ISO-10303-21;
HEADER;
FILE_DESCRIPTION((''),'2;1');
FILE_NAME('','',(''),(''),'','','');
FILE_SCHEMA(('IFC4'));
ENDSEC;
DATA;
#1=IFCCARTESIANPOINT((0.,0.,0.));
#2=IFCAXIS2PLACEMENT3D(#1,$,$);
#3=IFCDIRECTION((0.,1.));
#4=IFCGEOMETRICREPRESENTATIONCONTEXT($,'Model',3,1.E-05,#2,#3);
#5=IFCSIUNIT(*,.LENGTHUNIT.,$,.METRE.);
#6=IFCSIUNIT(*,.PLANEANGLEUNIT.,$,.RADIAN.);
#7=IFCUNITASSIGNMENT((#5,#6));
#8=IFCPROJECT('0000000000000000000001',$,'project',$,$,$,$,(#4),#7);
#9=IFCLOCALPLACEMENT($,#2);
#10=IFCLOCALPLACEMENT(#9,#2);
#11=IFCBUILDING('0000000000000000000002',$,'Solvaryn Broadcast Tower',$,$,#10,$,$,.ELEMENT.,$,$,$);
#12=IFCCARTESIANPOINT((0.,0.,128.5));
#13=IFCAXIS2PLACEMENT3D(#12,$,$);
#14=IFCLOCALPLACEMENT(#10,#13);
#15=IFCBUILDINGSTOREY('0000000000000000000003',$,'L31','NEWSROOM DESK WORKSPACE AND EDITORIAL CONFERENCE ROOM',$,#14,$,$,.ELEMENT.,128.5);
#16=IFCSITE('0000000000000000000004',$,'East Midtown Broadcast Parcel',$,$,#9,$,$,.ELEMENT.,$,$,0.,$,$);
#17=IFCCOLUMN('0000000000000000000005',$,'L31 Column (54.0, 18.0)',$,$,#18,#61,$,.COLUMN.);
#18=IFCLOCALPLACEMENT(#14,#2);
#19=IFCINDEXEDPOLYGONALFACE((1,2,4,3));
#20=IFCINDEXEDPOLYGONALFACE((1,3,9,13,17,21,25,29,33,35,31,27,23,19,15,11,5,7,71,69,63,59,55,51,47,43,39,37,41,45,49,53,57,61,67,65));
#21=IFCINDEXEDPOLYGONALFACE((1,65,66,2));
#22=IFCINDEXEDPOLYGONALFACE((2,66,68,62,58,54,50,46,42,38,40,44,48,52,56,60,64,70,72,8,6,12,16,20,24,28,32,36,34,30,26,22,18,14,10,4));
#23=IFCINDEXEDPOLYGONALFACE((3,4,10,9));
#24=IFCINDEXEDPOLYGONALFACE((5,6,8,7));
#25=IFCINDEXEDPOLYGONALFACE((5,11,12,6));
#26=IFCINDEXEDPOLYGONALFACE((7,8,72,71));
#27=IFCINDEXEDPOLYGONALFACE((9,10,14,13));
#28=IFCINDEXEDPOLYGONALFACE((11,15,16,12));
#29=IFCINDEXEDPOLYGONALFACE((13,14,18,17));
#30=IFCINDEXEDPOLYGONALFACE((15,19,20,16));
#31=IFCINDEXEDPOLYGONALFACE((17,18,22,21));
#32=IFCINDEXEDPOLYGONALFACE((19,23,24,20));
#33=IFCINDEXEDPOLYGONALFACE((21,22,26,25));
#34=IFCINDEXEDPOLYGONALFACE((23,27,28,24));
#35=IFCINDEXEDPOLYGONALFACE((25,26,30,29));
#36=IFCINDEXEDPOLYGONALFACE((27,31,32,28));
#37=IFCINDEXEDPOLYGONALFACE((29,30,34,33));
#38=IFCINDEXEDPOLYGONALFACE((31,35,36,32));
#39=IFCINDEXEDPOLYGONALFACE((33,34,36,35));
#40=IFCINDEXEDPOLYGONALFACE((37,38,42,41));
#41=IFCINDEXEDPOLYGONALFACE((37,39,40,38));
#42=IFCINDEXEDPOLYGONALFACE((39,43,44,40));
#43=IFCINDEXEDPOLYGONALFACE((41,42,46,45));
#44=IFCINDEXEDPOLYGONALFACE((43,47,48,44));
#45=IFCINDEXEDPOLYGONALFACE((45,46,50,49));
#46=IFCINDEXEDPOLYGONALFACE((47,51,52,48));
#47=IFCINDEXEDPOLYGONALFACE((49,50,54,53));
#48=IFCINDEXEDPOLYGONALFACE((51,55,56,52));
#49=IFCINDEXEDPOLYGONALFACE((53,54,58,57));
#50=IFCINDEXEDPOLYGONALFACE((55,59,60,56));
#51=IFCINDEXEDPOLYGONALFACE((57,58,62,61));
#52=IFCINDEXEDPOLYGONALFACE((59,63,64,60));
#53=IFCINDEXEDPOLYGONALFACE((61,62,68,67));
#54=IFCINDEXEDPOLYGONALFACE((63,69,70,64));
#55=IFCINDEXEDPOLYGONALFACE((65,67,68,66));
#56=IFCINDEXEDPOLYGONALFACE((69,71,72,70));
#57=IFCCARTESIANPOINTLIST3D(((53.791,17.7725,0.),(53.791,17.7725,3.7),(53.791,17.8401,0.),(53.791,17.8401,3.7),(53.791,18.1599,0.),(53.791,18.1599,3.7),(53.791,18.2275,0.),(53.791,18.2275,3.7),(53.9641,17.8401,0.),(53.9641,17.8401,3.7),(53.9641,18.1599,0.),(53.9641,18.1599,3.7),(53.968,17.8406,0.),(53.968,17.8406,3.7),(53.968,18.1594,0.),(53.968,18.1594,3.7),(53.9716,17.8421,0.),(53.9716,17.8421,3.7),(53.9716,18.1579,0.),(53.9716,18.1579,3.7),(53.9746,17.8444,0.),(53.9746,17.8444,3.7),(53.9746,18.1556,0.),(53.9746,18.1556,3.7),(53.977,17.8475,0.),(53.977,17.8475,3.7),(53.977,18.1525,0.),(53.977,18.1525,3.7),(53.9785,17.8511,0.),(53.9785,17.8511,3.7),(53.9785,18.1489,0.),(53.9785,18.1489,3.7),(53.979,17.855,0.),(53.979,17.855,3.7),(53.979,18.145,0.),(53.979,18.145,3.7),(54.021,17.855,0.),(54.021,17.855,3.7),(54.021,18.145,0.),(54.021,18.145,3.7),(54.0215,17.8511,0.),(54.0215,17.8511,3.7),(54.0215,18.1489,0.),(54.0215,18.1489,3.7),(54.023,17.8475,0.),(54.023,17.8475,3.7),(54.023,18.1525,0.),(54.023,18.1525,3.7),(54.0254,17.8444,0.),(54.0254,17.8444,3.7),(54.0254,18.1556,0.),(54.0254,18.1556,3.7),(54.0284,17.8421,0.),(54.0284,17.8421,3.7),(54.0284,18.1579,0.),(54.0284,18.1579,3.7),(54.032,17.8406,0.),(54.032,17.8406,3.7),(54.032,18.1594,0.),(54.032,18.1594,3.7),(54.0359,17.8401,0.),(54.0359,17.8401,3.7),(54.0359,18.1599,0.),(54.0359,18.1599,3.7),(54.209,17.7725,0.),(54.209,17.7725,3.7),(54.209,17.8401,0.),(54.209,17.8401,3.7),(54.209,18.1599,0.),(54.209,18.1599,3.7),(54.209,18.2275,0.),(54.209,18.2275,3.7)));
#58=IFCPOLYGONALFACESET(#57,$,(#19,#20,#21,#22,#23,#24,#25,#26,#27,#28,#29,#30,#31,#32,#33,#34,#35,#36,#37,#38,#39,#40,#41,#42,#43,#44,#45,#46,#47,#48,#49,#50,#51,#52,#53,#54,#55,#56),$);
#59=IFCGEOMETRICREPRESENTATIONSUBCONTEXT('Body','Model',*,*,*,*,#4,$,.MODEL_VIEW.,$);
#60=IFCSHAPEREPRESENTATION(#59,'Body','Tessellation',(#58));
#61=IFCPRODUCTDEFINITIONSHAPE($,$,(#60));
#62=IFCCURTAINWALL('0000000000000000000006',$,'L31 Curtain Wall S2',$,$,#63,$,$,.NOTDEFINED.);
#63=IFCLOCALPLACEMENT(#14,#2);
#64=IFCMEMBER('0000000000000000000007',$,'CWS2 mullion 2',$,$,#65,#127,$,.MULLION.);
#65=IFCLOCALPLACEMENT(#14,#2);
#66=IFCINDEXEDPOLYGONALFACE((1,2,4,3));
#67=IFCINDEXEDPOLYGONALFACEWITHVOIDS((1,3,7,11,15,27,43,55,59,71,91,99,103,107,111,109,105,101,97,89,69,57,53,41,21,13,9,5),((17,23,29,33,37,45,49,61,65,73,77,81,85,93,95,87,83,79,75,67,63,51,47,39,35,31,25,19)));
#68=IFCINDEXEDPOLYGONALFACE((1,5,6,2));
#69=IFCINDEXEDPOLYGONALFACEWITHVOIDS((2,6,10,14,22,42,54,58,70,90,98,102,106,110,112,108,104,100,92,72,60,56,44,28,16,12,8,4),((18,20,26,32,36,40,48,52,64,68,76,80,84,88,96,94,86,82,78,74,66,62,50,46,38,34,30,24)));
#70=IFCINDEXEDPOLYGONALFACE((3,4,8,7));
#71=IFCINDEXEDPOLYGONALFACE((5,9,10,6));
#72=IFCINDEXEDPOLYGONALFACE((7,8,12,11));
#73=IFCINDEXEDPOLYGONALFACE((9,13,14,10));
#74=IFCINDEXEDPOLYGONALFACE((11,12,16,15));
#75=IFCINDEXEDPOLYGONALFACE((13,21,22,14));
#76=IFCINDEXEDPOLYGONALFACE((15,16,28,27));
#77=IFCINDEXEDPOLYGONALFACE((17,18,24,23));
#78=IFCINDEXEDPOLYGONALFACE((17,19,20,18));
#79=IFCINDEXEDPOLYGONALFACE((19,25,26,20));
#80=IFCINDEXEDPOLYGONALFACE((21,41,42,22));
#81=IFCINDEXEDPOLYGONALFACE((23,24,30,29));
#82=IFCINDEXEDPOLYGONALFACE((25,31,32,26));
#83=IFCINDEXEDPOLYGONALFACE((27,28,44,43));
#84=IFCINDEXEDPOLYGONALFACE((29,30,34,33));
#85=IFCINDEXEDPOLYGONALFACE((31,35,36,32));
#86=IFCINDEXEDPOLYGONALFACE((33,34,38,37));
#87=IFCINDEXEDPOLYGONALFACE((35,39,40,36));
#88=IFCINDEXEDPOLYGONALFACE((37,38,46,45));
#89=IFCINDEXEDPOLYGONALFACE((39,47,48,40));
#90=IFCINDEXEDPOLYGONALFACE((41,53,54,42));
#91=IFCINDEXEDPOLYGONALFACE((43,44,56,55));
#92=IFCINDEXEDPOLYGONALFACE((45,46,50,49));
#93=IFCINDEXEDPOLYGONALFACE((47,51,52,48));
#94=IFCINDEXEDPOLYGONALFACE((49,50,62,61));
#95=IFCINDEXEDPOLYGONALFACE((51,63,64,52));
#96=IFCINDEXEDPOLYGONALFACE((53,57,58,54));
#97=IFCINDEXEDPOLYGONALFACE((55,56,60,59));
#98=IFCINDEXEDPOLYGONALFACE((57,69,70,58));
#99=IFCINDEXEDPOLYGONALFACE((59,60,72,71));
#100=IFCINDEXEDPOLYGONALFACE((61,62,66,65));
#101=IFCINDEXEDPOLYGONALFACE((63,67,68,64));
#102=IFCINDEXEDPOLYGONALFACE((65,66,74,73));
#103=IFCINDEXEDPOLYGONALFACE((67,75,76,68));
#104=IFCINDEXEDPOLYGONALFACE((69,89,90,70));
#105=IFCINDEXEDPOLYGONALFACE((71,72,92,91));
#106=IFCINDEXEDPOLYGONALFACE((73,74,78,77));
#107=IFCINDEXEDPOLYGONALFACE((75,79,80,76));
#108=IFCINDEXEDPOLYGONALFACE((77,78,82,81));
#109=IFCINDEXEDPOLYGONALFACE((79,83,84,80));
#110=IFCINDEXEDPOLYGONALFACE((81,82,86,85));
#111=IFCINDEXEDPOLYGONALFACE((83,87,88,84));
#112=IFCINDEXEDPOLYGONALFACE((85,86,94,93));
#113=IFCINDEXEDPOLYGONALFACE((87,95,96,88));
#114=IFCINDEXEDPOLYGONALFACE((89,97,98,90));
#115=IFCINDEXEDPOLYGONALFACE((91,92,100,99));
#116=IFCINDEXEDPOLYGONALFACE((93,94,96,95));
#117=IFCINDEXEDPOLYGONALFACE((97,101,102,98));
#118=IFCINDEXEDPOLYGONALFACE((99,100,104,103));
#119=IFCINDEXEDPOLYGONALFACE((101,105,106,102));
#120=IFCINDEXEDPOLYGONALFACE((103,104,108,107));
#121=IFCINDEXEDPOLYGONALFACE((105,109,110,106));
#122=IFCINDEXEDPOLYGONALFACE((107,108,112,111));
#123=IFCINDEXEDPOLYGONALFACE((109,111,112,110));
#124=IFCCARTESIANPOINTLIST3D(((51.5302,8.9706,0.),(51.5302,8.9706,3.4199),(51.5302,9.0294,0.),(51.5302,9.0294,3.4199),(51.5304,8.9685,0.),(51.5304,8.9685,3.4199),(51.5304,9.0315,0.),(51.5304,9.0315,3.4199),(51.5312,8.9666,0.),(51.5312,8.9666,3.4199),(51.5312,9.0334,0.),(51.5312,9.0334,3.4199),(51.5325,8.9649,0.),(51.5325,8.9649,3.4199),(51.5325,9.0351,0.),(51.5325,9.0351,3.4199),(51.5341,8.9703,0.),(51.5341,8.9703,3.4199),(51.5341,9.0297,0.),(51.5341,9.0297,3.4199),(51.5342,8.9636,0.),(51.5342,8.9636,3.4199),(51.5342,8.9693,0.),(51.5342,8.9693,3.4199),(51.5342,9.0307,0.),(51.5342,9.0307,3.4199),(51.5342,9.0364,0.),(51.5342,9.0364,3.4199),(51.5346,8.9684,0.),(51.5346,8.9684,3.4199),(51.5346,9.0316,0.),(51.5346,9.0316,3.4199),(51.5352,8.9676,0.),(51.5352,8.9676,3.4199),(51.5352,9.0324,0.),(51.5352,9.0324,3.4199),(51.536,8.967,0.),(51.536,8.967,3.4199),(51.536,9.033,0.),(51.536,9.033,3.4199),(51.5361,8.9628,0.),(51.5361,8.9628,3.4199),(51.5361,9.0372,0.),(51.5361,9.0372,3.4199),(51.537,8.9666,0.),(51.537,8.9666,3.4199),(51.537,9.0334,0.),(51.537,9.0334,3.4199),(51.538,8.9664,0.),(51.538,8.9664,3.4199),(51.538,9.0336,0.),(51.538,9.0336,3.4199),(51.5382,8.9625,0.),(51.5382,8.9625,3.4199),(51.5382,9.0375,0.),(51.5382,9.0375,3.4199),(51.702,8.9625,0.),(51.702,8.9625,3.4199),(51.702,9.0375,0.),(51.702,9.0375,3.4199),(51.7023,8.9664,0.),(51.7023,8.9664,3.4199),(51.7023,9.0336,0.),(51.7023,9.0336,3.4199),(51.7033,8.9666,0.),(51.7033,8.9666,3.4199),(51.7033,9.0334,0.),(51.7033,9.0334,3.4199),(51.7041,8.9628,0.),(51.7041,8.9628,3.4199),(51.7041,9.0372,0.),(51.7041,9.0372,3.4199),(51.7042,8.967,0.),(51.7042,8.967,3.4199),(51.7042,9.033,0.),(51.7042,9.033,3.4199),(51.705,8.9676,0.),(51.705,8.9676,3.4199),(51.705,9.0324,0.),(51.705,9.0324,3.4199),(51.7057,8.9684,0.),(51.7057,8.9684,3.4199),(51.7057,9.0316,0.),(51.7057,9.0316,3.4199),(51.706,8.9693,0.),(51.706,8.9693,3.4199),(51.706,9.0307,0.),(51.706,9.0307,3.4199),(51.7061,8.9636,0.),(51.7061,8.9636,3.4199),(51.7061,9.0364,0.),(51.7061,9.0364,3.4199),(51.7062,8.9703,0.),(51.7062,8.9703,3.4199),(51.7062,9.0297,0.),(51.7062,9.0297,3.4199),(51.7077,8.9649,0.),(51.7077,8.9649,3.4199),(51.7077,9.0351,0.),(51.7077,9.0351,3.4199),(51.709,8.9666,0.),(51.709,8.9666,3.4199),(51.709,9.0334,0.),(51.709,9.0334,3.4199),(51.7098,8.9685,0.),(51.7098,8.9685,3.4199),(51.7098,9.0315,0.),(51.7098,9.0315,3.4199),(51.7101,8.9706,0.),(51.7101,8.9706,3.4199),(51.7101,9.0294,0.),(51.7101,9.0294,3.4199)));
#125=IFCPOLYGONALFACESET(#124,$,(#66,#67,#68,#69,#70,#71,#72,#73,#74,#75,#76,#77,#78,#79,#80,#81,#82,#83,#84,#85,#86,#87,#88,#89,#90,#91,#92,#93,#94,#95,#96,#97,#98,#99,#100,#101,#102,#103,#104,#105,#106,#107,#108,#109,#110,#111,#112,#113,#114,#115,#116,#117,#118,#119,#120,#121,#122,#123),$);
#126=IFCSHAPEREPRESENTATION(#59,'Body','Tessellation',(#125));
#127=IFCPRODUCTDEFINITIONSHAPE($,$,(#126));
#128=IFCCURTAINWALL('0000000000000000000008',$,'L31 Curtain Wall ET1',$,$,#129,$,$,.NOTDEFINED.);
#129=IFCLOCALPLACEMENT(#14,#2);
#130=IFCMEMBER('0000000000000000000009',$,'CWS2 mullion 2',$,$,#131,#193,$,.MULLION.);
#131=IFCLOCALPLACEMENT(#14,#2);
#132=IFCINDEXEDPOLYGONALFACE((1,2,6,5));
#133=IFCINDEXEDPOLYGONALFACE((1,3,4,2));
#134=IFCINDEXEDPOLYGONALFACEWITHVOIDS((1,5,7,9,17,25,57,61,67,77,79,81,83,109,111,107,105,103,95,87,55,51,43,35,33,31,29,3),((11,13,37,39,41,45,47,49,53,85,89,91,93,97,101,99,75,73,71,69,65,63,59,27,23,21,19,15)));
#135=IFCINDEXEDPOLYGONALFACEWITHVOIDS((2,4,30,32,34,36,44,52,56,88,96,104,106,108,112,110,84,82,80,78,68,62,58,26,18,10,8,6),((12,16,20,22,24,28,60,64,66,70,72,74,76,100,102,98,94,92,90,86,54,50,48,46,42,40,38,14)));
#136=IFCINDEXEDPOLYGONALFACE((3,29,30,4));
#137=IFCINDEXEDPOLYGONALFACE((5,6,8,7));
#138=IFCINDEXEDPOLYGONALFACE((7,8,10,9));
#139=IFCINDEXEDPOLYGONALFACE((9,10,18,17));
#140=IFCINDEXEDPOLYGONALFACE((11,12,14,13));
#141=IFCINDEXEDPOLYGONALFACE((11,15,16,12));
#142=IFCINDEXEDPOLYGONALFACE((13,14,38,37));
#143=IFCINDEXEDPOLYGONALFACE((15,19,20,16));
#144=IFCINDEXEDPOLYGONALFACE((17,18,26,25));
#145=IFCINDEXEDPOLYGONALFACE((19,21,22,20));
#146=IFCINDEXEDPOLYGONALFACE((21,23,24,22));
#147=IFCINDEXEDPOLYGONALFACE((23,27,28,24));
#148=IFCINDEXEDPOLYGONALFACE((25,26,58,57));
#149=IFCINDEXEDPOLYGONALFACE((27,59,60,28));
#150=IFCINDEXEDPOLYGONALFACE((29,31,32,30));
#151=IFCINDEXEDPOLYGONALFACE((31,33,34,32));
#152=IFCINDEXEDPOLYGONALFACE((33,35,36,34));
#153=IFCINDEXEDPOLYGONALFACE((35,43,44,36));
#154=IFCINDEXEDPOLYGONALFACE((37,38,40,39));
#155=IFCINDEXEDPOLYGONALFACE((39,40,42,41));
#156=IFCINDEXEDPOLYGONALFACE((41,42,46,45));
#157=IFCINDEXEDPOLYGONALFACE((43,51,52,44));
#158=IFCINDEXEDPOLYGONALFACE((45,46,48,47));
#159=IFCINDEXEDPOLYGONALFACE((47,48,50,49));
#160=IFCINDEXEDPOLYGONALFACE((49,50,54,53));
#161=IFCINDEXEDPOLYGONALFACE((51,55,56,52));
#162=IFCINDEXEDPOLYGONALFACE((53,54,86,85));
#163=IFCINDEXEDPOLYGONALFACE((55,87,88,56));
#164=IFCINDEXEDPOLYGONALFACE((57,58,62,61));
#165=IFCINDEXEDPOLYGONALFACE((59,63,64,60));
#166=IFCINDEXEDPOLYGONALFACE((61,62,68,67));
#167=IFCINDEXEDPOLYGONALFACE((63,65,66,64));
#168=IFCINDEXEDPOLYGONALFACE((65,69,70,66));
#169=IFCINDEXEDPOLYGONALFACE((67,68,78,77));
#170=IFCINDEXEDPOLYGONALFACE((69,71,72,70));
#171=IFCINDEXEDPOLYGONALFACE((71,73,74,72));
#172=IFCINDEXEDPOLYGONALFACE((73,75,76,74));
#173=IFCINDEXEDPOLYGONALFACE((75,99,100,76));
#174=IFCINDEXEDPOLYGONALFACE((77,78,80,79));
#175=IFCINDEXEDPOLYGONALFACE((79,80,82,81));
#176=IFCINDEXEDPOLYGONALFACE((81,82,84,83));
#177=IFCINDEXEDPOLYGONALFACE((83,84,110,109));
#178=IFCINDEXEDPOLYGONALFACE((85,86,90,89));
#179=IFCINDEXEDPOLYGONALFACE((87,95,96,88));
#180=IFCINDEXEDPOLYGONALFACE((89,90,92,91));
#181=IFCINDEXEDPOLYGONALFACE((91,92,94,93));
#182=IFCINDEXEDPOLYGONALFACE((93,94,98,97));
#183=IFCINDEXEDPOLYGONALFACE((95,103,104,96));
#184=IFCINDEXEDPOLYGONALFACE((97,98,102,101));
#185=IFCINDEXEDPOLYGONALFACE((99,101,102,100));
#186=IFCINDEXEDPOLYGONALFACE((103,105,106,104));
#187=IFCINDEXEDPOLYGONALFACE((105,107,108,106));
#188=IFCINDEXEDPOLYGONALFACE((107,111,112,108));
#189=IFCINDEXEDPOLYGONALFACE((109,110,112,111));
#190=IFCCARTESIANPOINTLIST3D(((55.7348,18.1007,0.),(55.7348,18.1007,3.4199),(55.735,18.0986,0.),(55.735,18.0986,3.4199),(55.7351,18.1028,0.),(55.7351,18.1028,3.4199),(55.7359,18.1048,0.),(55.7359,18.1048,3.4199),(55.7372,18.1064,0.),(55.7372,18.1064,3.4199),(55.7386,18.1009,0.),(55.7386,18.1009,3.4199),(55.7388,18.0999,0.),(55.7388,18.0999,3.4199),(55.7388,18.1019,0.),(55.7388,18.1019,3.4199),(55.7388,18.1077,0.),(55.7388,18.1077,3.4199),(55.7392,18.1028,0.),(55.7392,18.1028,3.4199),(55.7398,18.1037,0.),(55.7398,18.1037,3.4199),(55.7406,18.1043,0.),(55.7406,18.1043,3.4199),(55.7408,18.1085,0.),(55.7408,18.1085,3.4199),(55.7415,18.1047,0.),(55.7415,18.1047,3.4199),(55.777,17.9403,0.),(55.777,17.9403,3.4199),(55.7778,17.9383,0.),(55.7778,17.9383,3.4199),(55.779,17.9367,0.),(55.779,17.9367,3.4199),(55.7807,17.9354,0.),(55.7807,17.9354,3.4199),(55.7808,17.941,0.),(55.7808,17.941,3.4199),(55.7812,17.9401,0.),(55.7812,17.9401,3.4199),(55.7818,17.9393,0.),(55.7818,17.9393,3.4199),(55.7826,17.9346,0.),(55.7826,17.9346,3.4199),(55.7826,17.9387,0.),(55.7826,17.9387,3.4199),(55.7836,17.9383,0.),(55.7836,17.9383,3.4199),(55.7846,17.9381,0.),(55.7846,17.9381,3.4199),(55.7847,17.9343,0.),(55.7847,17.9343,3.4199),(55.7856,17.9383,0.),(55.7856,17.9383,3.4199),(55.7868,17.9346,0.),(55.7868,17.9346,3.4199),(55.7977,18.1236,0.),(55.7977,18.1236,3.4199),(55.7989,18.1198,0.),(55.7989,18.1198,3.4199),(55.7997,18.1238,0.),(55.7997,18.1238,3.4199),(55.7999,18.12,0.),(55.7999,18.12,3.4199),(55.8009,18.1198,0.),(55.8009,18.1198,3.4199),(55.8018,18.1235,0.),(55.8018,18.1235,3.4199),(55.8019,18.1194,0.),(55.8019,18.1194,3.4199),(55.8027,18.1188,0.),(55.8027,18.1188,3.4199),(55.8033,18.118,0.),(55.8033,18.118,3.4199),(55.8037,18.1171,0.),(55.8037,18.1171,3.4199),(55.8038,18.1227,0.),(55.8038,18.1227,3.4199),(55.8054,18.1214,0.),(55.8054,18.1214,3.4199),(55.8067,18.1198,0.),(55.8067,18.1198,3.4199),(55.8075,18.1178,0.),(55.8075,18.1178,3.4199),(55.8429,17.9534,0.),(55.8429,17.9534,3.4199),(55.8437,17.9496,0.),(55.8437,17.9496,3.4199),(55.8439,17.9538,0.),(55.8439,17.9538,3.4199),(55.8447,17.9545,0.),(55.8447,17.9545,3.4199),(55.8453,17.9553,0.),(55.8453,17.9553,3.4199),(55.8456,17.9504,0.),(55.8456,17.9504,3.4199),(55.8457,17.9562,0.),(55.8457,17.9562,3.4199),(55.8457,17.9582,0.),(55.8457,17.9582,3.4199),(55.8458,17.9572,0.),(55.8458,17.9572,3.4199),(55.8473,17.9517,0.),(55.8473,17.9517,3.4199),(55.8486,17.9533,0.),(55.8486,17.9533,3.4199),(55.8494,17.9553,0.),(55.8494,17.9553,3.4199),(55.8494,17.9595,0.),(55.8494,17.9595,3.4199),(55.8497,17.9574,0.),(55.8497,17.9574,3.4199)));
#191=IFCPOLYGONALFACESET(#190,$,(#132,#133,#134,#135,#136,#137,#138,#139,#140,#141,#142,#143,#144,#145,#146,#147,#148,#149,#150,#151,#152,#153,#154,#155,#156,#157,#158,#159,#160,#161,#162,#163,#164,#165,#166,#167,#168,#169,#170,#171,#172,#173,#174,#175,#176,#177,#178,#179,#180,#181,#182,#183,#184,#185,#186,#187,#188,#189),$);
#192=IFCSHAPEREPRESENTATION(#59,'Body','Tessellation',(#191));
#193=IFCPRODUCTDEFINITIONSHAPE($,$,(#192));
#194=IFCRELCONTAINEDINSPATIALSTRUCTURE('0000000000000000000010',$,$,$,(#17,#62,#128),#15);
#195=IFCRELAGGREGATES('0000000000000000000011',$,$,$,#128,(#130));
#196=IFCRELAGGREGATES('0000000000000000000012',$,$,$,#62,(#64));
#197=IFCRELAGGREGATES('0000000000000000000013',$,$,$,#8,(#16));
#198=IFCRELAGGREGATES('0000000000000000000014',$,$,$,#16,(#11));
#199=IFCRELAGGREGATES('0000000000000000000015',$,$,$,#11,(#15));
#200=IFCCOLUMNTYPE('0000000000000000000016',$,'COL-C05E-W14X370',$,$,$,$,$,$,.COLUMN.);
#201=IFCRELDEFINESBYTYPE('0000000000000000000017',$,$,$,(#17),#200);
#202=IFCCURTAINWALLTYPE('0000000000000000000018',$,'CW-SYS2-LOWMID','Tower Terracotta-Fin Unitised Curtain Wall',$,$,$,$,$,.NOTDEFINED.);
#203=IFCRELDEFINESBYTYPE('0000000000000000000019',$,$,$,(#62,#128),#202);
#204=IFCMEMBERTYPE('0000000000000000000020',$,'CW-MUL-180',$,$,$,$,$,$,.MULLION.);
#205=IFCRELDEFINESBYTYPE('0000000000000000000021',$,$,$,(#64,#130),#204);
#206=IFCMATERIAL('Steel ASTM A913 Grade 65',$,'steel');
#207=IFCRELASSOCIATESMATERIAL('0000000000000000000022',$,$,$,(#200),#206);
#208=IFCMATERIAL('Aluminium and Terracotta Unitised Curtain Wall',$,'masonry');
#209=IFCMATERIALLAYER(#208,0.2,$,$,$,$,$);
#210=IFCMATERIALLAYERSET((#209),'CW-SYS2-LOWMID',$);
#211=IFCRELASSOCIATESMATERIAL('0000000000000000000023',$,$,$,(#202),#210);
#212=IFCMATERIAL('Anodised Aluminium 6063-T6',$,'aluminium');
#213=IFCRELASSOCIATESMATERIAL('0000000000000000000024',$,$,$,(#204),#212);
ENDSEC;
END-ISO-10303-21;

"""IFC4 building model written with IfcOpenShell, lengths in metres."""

from ifc_helpers import new_model, si_unit, direction, frame, origin, origin_2d, place, context, subcontext, project, spatial, hollow_rectangle, i_section, extrude, material, layer, layer_set, material_profile, profile_set, type_object, element, aggregate, save


model = new_model("IFC4")

# Units and contexts
model_context = context("Model", 3, precision=1e-05, world=origin(), true_north=direction((0.0, 1.0)))
body_context = subcontext(model_context, "Body", "Model", "MODEL_VIEW")
ifc_project = project(units=[si_unit("LENGTHUNIT", "METRE"), si_unit("PLANEANGLEUNIT", "RADIAN")], contexts=[model_context])

# Site, building, storey
site_placement = place(None, origin())
site = spatial("IfcSite", under=ifc_project, at=site_placement, Name="East Midtown Broadcast Parcel", CompositionType="ELEMENT", RefElevation=0.0)
building_placement = place(site_placement, origin())
building = spatial("IfcBuilding", under=site, at=building_placement, Name="Solvaryn Broadcast Tower", CompositionType="ELEMENT")
storey_placement = place(building_placement, frame((0.0, 0.0, 128.5)))
storey = spatial("IfcBuildingStorey", under=building, at=storey_placement, Name="L31", Description="NEWSROOM DESK WORKSPACE AND EDITORIAL CONFERENCE ROOM", CompositionType="ELEMENT", Elevation=128.5)

# Column
ifc_material_1 = material(Name="Steel ASTM A913 Grade 65", Category="steel")
ifc_material_profile_1 = material_profile(ifc_material_1, i_section(OverallWidth=0.418, OverallDepth=0.4551, WebThickness=0.042, FlangeThickness=0.0676, FilletRadius=0.0149, at=origin_2d()))
ifc_profile_set_1 = profile_set([ifc_material_profile_1], Name="Steel ASTM A913 Grade 65")
column_type = type_object("IfcColumnType", Name="COL-C05E-W14X370", PredefinedType="COLUMN", material=ifc_profile_set_1)
column_placement = place(storey_placement, frame((54.0, 18.0, 0.0), z_axis=(0.0, 0.0, 1.0), x_axis=(1.0, 0.0, 0.0)))
element("IfcColumn", 1, at=column_placement, inside=storey, type_object=column_type, Name="L31 Column (54.0, 18.0)", PredefinedType="COLUMN", context=body_context, shape_type="SweptSolid", body=[
    extrude(i_section(OverallWidth=0.418, OverallDepth=0.4551, WebThickness=0.042, FlangeThickness=0.0676, FilletRadius=0.0149, at=origin_2d()), origin(), (0.0, 0.0, 1.0), 3.7),
])

# Curtain walls, members
ifc_material_2 = material(Name="Aluminium and Terracotta Unitised Curtain Wall", Category="masonry")
ifc_layer_1 = layer(ifc_material_2, 0.2)
ifc_layer_set_1 = layer_set([ifc_layer_1], Name="CW-SYS2-LOWMID")
curtain_wall_type = type_object("IfcCurtainWallType", Name="CW-SYS2-LOWMID", Description="Tower Terracotta-Fin Unitised Curtain Wall", PredefinedType="NOTDEFINED", material=ifc_layer_set_1)
curtain_wall_1_placement = place(storey_placement, origin())
curtain_wall_1 = element("IfcCurtainWall", 2, at=curtain_wall_1_placement, inside=storey, type_object=curtain_wall_type, Name="L31 Curtain Wall S2", PredefinedType="NOTDEFINED")
ifc_material_3 = material(Name="Anodised Aluminium 6063-T6", Category="aluminium")
ifc_material_profile_2 = material_profile(ifc_material_3, hollow_rectangle(XDim=0.075, YDim=0.1799, WallThickness=0.0039, InnerFilletRadius=0.0039, OuterFilletRadius=0.0081, at=origin_2d()))
ifc_profile_set_2 = profile_set([ifc_material_profile_2], Name="Anodised Aluminium 6063-T6")
member_type_1 = type_object("IfcMemberType", Name="CW-MUL-180", PredefinedType="MULLION", material=ifc_profile_set_2)
member_1_placement = place(storey_placement, frame((51.6201, 9.0, 0.0), z_axis=(0.0, 0.0, 1.0), x_axis=(0.0, 1.0, 0.0)))
member_1 = element("IfcMember", 3, at=member_1_placement, type_object=member_type_1, Name="CWS2 mullion 2", PredefinedType="MULLION", context=body_context, shape_type="SweptSolid", body=[
    extrude(hollow_rectangle(XDim=0.075, YDim=0.1799, WallThickness=0.0039, InnerFilletRadius=0.0039, OuterFilletRadius=0.0081, at=origin_2d()), origin(), (0.0, 0.0, 1.0), 3.4199),
])
curtain_wall_2_placement = place(storey_placement, origin())
curtain_wall_2 = element("IfcCurtainWall", 4, at=curtain_wall_2_placement, inside=storey, type_object=curtain_wall_type, Name="L31 Curtain Wall ET1", PredefinedType="NOTDEFINED")
member_2_placement = place(storey_placement, frame((55.7922, 18.0291, 0.0), z_axis=(0.0, 0.0, 1.0), x_axis=(0.966705, 0.255893, 0.0)))
member_2 = element("IfcMember", 5, at=member_2_placement, type_object=member_type_1, Name="CWS2 mullion 2", PredefinedType="MULLION", context=body_context, shape_type="SweptSolid", body=[
    extrude(hollow_rectangle(XDim=0.075, YDim=0.1799, WallThickness=0.0039, InnerFilletRadius=0.0039, OuterFilletRadius=0.0081, at=origin_2d()), origin(), (0.0, 0.0, 1.0), 3.4199),
])
aggregate(curtain_wall_2, [member_2])

aggregate(curtain_wall_1, [member_1])

save(model, "model.ifc")
